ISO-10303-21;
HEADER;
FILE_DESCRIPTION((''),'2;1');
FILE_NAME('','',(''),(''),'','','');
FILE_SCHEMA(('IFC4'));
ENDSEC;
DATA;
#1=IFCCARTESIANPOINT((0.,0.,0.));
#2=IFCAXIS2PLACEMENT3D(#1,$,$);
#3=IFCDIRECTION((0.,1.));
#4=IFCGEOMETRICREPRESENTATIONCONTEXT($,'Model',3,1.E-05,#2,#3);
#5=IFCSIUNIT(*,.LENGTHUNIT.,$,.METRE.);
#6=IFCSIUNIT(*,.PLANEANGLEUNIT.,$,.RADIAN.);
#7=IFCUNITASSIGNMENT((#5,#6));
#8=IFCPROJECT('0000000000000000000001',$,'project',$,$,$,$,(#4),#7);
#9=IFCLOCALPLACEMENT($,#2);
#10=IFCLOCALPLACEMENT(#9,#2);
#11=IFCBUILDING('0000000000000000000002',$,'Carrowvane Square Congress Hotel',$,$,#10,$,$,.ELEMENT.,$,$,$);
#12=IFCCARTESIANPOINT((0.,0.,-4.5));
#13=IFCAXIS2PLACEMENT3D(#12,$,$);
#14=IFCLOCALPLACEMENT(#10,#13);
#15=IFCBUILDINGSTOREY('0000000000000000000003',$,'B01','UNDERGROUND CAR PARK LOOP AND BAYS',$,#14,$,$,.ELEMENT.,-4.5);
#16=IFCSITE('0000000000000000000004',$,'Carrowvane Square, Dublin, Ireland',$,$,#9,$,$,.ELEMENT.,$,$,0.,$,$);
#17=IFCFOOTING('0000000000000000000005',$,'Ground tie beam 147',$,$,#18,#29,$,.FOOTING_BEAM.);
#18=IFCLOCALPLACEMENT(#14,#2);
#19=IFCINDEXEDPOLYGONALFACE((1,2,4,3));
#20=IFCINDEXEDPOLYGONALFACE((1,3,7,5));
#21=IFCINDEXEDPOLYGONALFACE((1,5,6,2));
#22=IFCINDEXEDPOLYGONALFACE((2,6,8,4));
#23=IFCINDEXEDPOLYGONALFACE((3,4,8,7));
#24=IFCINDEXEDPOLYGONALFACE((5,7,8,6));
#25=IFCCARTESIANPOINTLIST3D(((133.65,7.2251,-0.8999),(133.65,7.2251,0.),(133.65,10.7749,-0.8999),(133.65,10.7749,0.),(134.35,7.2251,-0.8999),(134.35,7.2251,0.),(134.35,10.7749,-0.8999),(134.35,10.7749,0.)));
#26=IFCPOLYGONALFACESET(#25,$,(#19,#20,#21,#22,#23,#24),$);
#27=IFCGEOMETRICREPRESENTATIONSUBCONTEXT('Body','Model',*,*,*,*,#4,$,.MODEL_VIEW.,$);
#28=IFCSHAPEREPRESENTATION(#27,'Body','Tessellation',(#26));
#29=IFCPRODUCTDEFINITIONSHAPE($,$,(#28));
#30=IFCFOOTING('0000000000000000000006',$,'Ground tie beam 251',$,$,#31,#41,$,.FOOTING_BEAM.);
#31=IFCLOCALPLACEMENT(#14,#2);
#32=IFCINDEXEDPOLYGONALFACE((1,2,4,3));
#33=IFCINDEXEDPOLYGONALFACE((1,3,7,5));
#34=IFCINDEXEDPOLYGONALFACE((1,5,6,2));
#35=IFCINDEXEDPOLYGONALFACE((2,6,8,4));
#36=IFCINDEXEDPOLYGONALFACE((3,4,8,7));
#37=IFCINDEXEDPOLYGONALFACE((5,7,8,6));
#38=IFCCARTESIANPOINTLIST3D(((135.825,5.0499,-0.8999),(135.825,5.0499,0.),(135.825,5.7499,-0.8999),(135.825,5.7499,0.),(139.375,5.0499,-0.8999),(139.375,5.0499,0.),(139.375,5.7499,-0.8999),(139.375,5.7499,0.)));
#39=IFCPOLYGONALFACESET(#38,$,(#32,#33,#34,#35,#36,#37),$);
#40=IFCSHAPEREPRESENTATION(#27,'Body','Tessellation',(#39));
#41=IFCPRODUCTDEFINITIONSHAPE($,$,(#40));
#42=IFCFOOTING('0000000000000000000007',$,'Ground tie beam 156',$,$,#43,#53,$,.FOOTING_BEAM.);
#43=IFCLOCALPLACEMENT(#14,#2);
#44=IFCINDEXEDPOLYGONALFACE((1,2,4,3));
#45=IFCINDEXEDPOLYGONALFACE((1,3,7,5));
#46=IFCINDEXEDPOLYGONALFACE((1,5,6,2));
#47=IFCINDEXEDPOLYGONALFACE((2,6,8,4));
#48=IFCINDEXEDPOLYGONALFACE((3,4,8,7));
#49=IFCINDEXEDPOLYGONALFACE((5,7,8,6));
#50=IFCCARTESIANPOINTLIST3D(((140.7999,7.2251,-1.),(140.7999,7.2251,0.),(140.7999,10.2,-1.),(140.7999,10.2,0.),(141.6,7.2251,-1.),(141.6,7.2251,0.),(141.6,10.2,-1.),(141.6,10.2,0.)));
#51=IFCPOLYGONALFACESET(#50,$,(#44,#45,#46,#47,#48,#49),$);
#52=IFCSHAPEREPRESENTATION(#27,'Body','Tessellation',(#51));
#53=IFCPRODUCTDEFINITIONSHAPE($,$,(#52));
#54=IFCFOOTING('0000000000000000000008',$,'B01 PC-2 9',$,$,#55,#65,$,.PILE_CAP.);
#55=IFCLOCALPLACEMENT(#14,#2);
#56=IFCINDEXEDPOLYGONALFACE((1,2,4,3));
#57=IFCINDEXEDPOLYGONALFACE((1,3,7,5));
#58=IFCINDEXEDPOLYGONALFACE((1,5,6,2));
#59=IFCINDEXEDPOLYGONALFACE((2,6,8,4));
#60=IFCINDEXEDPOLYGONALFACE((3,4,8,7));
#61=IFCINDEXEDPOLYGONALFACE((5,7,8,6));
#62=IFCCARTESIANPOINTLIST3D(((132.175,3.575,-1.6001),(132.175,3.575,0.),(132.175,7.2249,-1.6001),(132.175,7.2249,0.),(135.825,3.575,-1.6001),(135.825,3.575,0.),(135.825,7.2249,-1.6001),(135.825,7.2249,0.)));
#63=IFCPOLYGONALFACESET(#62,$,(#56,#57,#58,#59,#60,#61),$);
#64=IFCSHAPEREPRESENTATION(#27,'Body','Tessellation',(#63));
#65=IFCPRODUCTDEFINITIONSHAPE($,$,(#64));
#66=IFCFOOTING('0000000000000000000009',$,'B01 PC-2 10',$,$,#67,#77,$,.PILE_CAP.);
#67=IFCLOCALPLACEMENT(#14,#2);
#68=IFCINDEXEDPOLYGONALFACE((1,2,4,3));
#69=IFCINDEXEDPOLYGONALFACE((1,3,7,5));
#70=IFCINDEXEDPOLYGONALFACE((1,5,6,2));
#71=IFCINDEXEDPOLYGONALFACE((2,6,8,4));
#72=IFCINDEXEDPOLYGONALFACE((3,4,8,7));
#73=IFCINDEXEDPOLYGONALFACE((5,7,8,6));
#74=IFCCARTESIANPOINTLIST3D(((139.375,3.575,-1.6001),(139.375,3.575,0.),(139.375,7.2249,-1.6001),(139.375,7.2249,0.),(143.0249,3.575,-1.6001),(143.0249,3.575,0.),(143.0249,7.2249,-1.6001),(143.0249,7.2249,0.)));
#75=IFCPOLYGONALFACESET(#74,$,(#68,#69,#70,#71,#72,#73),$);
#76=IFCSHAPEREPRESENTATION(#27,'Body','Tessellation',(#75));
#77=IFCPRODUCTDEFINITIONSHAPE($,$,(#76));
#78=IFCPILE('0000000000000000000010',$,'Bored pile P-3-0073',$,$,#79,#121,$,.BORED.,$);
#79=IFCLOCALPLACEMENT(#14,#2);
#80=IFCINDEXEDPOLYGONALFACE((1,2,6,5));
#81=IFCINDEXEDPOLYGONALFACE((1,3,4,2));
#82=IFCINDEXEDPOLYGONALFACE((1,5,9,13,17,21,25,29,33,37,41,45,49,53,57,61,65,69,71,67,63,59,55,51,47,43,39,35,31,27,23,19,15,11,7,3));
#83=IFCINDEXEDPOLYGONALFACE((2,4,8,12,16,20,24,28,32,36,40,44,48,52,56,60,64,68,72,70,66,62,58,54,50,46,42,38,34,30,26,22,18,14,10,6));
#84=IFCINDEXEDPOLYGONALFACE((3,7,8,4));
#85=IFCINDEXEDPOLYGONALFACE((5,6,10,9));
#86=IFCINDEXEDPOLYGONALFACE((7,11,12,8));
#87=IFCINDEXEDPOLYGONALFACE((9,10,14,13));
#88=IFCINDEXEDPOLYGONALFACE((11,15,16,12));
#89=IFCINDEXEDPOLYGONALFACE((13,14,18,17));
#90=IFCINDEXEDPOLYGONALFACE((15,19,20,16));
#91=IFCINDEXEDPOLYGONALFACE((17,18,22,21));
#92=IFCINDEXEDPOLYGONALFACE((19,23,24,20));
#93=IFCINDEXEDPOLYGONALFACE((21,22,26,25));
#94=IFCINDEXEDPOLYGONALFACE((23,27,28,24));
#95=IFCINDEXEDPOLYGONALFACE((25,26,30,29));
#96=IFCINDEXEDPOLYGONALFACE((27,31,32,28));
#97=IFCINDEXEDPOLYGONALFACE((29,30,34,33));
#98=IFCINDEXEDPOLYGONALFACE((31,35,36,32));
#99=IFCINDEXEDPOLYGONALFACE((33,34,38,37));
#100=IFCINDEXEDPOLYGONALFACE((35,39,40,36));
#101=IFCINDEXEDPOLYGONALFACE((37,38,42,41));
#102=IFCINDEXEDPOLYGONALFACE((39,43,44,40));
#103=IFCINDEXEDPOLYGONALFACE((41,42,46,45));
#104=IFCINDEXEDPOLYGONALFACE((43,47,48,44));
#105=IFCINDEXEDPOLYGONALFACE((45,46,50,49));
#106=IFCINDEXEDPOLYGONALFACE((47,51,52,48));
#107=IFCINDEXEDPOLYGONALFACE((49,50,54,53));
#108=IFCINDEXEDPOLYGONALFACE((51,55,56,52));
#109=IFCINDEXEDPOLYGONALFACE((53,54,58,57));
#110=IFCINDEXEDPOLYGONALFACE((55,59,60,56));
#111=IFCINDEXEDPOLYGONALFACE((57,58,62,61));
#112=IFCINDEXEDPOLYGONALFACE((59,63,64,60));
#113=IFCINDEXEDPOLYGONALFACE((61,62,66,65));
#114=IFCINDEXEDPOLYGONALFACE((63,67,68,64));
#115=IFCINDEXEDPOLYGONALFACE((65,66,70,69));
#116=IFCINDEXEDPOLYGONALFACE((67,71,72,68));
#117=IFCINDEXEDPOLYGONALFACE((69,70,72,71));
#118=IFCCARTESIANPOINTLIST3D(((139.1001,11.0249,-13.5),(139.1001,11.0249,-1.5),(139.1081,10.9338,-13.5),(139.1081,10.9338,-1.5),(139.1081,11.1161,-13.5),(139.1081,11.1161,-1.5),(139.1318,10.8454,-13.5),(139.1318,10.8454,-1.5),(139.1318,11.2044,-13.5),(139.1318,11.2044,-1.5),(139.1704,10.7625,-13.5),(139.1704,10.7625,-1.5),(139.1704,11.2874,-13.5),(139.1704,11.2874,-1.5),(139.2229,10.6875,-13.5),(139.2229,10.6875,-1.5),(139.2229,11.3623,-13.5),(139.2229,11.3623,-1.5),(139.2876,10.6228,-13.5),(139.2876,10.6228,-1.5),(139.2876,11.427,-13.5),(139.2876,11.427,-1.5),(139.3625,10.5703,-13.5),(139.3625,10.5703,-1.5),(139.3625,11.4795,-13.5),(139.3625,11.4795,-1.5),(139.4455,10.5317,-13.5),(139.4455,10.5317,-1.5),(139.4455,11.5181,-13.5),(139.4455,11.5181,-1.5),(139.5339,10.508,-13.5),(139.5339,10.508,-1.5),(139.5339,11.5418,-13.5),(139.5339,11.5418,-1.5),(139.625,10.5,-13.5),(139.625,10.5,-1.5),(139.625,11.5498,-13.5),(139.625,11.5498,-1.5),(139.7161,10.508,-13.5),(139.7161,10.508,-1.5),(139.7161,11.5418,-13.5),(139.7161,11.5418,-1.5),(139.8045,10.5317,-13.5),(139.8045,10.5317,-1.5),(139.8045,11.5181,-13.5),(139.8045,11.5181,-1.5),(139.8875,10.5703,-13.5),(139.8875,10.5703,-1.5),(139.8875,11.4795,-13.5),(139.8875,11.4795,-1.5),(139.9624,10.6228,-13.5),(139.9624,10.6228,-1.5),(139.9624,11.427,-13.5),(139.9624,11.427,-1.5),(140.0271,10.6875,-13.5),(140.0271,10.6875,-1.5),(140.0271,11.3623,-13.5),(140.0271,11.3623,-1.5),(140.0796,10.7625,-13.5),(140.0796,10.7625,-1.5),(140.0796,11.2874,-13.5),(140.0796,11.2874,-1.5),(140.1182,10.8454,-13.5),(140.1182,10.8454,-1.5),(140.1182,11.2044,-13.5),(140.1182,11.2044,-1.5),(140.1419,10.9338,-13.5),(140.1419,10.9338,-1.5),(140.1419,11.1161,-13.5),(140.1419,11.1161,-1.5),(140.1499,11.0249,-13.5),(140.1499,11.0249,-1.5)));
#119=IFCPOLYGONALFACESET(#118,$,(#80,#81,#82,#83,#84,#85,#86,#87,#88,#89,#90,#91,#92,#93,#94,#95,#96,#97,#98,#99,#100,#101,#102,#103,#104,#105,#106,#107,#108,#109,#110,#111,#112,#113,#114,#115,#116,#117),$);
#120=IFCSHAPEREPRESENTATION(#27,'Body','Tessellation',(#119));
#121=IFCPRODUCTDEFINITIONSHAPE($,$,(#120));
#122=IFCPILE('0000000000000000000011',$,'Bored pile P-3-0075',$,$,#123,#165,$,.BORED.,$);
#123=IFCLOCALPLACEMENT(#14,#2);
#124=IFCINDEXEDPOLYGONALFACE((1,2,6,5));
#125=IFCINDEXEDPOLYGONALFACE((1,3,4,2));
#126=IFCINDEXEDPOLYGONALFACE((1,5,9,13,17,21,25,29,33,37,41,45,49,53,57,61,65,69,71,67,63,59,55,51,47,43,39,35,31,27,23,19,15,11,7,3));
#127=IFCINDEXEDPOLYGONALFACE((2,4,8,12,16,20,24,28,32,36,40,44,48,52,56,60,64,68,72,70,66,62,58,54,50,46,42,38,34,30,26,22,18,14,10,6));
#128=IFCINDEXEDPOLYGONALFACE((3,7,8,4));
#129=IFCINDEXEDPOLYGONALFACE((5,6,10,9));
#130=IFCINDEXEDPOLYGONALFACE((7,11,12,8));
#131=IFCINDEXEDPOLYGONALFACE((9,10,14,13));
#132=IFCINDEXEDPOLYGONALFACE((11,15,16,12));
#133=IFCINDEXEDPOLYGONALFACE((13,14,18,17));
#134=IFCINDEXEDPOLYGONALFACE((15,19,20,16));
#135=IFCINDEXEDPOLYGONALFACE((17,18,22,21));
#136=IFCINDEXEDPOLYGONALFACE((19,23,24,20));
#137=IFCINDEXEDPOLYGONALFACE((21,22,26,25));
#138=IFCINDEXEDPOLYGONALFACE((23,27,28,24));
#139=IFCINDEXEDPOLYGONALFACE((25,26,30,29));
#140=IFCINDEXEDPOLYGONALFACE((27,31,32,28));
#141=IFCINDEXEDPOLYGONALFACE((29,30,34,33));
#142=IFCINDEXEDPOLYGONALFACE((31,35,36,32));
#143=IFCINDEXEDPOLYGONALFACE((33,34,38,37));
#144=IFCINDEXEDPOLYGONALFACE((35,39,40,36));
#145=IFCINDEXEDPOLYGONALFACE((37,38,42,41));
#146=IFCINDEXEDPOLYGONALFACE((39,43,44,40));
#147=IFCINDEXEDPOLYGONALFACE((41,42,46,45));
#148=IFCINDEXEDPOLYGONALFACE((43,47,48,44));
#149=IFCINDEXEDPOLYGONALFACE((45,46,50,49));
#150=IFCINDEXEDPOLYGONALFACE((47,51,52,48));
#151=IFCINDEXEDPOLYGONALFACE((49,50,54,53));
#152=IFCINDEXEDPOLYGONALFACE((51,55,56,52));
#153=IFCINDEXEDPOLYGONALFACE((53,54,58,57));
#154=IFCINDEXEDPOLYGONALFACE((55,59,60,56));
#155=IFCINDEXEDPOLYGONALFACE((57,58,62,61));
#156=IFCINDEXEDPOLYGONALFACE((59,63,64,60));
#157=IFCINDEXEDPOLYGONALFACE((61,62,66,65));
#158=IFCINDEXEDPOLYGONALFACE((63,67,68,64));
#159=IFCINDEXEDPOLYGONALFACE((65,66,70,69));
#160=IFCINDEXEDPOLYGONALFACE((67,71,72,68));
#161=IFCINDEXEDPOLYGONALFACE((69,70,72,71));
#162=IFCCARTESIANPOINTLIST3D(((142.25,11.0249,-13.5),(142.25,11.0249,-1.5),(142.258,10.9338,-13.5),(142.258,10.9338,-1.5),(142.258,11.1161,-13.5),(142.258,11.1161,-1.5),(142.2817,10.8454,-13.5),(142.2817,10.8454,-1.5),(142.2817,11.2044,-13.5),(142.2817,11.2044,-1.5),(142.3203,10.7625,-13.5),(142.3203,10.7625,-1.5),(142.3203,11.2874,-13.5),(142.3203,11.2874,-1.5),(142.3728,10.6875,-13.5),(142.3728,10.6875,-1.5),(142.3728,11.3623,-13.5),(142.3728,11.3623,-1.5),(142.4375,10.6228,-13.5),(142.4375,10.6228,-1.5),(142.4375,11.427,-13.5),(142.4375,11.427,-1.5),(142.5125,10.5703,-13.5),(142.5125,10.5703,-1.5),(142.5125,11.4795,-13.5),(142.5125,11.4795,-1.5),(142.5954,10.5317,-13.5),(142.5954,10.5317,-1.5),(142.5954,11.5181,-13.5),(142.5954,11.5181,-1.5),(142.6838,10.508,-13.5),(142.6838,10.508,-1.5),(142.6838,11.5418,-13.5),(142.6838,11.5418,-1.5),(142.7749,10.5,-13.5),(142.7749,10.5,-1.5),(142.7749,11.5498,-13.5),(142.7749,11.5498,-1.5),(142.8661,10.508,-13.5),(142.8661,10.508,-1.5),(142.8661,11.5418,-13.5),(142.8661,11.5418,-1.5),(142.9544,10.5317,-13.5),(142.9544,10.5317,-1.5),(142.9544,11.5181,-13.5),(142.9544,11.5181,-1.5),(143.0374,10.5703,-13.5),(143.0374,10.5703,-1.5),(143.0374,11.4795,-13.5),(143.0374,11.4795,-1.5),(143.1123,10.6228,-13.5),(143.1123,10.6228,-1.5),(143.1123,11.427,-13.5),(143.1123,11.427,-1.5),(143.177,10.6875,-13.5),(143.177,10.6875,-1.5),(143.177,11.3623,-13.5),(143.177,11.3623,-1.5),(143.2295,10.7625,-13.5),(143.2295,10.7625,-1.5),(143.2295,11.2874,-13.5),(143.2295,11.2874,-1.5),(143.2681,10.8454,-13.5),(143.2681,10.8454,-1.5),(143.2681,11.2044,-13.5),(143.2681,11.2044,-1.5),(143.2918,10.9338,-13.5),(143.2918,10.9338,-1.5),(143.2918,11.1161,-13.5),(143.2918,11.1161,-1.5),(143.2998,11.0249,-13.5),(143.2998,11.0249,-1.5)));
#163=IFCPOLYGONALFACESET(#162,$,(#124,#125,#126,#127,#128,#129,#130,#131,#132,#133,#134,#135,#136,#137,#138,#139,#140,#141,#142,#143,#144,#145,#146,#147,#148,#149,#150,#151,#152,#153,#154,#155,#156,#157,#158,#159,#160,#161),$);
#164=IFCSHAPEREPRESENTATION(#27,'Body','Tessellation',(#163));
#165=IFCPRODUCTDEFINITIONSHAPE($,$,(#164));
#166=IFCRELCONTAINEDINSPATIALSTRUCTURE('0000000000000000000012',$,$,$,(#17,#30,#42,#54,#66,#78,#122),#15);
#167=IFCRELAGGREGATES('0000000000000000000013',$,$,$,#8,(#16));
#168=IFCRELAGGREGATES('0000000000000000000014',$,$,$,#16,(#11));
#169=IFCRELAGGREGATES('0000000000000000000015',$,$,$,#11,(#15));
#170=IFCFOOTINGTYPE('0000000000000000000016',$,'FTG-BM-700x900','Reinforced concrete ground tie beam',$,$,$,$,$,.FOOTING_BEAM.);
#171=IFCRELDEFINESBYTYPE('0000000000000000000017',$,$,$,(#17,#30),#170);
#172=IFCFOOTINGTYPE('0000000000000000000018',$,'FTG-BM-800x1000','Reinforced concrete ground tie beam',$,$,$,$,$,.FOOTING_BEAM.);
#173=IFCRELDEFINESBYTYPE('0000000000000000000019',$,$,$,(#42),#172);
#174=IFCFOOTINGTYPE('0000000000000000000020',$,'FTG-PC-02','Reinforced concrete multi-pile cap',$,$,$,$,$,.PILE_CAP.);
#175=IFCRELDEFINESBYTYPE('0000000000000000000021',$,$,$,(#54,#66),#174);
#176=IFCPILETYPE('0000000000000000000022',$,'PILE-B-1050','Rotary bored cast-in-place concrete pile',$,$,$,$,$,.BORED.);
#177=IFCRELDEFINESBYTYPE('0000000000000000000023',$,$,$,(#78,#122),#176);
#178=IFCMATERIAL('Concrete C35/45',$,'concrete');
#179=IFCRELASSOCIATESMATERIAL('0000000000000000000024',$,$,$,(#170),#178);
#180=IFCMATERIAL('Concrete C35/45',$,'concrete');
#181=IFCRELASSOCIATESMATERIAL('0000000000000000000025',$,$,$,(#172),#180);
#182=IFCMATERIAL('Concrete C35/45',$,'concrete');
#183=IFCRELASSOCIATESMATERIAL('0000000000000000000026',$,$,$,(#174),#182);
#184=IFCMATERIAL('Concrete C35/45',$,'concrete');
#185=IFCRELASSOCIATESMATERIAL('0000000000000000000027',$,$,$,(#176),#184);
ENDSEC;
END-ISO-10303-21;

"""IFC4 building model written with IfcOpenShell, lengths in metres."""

from ifc_helpers import new_model, si_unit, direction, frame, origin, origin_2d, place, context, subcontext, project, spatial, rectangle, circle, extrude, material, material_profile, profile_set, type_object, element, save


model = new_model("IFC4")

# Units and contexts
model_context = context("Model", 3, precision=1e-05, world=origin(), true_north=direction((0.0, 1.0)))
body_context = subcontext(model_context, "Body", "Model", "MODEL_VIEW")
ifc_project = project(units=[si_unit("LENGTHUNIT", "METRE"), si_unit("PLANEANGLEUNIT", "RADIAN")], contexts=[model_context])

# Site, building, storey
site_placement = place(None, origin())
site = spatial("IfcSite", under=ifc_project, at=site_placement, Name="Carrowvane Square, Dublin, Ireland", CompositionType="ELEMENT", RefElevation=0.0)
building_placement = place(site_placement, origin())
building = spatial("IfcBuilding", under=site, at=building_placement, Name="Carrowvane Square Congress Hotel", CompositionType="ELEMENT")
storey_placement = place(building_placement, frame((0.0, 0.0, -4.5)))
storey = spatial("IfcBuildingStorey", under=building, at=storey_placement, Name="B01", Description="UNDERGROUND CAR PARK LOOP AND BAYS", CompositionType="ELEMENT", Elevation=-4.5)

# Footings
ifc_material_1 = material(Name="Concrete C35/45", Category="concrete")
ifc_material_profile_1 = material_profile(ifc_material_1, rectangle(XDim=0.7, YDim=0.8999, at=origin_2d()), Name="RC 700x900")
ifc_profile_set_1 = profile_set([ifc_material_profile_1], Name="Concrete C35/45")
footing_type_1 = type_object("IfcFootingType", Name="FTG-BM-700x900", Description="Reinforced concrete ground tie beam", PredefinedType="FOOTING_BEAM", material=ifc_profile_set_1)
footing_1_placement = place(storey_placement, frame((134.0, 7.2251, -0.45), z_axis=(0.0, 1.0, 0.0), x_axis=(-1.0, 0.0, 0.0)))
element("IfcFooting", 1, at=footing_1_placement, inside=storey, type_object=footing_type_1, Name="Ground tie beam 147", PredefinedType="FOOTING_BEAM", context=body_context, shape_type="SweptSolid", body=[
    extrude(rectangle(XDim=0.7, YDim=0.8999, at=origin_2d()), origin(), (0.0, 0.0, 1.0), 3.5498),
])
footing_2_placement = place(storey_placement, frame((135.825, 5.3999, -0.45), z_axis=(1.0, 0.0, 0.0), x_axis=(0.0, 1.0, 0.0)))
element("IfcFooting", 2, at=footing_2_placement, inside=storey, type_object=footing_type_1, Name="Ground tie beam 251", PredefinedType="FOOTING_BEAM", context=body_context, shape_type="SweptSolid", body=[
    extrude(rectangle(XDim=0.7, YDim=0.8999, at=origin_2d()), origin(), (0.0, 0.0, 1.0), 3.55),
])
ifc_material_2 = material(Name="Concrete C35/45", Category="concrete")
ifc_material_profile_2 = material_profile(ifc_material_2, rectangle(XDim=0.8, YDim=1.0, at=origin_2d()), Name="RC 800x1000")
ifc_profile_set_2 = profile_set([ifc_material_profile_2], Name="Concrete C35/45")
footing_type_2 = type_object("IfcFootingType", Name="FTG-BM-800x1000", Description="Reinforced concrete ground tie beam", PredefinedType="FOOTING_BEAM", material=ifc_profile_set_2)
footing_3_placement = place(storey_placement, frame((141.2, 7.2251, -0.5), z_axis=(0.0, 1.0, 0.0), x_axis=(-1.0, 0.0, 0.0)))
element("IfcFooting", 3, at=footing_3_placement, inside=storey, type_object=footing_type_2, Name="Ground tie beam 156", PredefinedType="FOOTING_BEAM", context=body_context, shape_type="SweptSolid", body=[
    extrude(rectangle(XDim=0.8, YDim=1.0, at=origin_2d()), origin(), (0.0, 0.0, 1.0), 2.9749),
])
ifc_material_3 = material(Name="Concrete C35/45", Category="concrete")
footing_type_3 = type_object("IfcFootingType", Name="FTG-PC-02", Description="Reinforced concrete multi-pile cap", PredefinedType="PILE_CAP", material=ifc_material_3)
for number, where, z_axis, x_axis, name in (
    (4, (134.0, 5.3999, -1.6001), (0.0, 0.0, 1.0), (1.0, 0.0, 0.0), "B01 PC-2 9"),
    (5, (141.2, 5.3999, -1.6001), (0.0, 0.0, 1.0), (1.0, 0.0, 0.0), "B01 PC-2 10"),
):
    element("IfcFooting", number, at=place(storey_placement, frame(where, z_axis=z_axis, x_axis=x_axis)), inside=storey, type_object=footing_type_3, Name=name, PredefinedType="PILE_CAP", context=body_context, shape_type="SweptSolid", body=[
        extrude(rectangle(XDim=3.6499, YDim=3.6499, at=origin_2d()), origin(), (0.0, 0.0, 1.0), 1.6001),
    ])

# Piles
ifc_material_4 = material(Name="Concrete C35/45", Category="concrete")
ifc_material_profile_3 = material_profile(ifc_material_4, circle(Radius=0.5249, at=origin_2d()), Name="PILE D1050")
ifc_profile_set_3 = profile_set([ifc_material_profile_3], Name="Concrete C35/45")
pile_type_1 = type_object("IfcPileType", Name="PILE-B-1050", Description="Rotary bored cast-in-place concrete pile", PredefinedType="BORED", material=ifc_profile_set_3)
for number, where, z_axis, x_axis, name in (
    (6, (139.625, 11.0249, -1.5), (0.0, 0.0, -1.0), (1.0, 0.0, 0.0), "Bored pile P-3-0073"),
    (7, (142.7749, 11.0249, -1.5), (0.0, 0.0, -1.0), (1.0, 0.0, 0.0), "Bored pile P-3-0075"),
):
    element("IfcPile", number, at=place(storey_placement, frame(where, z_axis=z_axis, x_axis=x_axis)), inside=storey, type_object=pile_type_1, Name=name, PredefinedType="BORED", context=body_context, shape_type="SweptSolid", body=[
        extrude(circle(Radius=0.5249, at=origin_2d()), origin(), (0.0, 0.0, 1.0), 12.0),
    ])

save(model, "model.ifc")
